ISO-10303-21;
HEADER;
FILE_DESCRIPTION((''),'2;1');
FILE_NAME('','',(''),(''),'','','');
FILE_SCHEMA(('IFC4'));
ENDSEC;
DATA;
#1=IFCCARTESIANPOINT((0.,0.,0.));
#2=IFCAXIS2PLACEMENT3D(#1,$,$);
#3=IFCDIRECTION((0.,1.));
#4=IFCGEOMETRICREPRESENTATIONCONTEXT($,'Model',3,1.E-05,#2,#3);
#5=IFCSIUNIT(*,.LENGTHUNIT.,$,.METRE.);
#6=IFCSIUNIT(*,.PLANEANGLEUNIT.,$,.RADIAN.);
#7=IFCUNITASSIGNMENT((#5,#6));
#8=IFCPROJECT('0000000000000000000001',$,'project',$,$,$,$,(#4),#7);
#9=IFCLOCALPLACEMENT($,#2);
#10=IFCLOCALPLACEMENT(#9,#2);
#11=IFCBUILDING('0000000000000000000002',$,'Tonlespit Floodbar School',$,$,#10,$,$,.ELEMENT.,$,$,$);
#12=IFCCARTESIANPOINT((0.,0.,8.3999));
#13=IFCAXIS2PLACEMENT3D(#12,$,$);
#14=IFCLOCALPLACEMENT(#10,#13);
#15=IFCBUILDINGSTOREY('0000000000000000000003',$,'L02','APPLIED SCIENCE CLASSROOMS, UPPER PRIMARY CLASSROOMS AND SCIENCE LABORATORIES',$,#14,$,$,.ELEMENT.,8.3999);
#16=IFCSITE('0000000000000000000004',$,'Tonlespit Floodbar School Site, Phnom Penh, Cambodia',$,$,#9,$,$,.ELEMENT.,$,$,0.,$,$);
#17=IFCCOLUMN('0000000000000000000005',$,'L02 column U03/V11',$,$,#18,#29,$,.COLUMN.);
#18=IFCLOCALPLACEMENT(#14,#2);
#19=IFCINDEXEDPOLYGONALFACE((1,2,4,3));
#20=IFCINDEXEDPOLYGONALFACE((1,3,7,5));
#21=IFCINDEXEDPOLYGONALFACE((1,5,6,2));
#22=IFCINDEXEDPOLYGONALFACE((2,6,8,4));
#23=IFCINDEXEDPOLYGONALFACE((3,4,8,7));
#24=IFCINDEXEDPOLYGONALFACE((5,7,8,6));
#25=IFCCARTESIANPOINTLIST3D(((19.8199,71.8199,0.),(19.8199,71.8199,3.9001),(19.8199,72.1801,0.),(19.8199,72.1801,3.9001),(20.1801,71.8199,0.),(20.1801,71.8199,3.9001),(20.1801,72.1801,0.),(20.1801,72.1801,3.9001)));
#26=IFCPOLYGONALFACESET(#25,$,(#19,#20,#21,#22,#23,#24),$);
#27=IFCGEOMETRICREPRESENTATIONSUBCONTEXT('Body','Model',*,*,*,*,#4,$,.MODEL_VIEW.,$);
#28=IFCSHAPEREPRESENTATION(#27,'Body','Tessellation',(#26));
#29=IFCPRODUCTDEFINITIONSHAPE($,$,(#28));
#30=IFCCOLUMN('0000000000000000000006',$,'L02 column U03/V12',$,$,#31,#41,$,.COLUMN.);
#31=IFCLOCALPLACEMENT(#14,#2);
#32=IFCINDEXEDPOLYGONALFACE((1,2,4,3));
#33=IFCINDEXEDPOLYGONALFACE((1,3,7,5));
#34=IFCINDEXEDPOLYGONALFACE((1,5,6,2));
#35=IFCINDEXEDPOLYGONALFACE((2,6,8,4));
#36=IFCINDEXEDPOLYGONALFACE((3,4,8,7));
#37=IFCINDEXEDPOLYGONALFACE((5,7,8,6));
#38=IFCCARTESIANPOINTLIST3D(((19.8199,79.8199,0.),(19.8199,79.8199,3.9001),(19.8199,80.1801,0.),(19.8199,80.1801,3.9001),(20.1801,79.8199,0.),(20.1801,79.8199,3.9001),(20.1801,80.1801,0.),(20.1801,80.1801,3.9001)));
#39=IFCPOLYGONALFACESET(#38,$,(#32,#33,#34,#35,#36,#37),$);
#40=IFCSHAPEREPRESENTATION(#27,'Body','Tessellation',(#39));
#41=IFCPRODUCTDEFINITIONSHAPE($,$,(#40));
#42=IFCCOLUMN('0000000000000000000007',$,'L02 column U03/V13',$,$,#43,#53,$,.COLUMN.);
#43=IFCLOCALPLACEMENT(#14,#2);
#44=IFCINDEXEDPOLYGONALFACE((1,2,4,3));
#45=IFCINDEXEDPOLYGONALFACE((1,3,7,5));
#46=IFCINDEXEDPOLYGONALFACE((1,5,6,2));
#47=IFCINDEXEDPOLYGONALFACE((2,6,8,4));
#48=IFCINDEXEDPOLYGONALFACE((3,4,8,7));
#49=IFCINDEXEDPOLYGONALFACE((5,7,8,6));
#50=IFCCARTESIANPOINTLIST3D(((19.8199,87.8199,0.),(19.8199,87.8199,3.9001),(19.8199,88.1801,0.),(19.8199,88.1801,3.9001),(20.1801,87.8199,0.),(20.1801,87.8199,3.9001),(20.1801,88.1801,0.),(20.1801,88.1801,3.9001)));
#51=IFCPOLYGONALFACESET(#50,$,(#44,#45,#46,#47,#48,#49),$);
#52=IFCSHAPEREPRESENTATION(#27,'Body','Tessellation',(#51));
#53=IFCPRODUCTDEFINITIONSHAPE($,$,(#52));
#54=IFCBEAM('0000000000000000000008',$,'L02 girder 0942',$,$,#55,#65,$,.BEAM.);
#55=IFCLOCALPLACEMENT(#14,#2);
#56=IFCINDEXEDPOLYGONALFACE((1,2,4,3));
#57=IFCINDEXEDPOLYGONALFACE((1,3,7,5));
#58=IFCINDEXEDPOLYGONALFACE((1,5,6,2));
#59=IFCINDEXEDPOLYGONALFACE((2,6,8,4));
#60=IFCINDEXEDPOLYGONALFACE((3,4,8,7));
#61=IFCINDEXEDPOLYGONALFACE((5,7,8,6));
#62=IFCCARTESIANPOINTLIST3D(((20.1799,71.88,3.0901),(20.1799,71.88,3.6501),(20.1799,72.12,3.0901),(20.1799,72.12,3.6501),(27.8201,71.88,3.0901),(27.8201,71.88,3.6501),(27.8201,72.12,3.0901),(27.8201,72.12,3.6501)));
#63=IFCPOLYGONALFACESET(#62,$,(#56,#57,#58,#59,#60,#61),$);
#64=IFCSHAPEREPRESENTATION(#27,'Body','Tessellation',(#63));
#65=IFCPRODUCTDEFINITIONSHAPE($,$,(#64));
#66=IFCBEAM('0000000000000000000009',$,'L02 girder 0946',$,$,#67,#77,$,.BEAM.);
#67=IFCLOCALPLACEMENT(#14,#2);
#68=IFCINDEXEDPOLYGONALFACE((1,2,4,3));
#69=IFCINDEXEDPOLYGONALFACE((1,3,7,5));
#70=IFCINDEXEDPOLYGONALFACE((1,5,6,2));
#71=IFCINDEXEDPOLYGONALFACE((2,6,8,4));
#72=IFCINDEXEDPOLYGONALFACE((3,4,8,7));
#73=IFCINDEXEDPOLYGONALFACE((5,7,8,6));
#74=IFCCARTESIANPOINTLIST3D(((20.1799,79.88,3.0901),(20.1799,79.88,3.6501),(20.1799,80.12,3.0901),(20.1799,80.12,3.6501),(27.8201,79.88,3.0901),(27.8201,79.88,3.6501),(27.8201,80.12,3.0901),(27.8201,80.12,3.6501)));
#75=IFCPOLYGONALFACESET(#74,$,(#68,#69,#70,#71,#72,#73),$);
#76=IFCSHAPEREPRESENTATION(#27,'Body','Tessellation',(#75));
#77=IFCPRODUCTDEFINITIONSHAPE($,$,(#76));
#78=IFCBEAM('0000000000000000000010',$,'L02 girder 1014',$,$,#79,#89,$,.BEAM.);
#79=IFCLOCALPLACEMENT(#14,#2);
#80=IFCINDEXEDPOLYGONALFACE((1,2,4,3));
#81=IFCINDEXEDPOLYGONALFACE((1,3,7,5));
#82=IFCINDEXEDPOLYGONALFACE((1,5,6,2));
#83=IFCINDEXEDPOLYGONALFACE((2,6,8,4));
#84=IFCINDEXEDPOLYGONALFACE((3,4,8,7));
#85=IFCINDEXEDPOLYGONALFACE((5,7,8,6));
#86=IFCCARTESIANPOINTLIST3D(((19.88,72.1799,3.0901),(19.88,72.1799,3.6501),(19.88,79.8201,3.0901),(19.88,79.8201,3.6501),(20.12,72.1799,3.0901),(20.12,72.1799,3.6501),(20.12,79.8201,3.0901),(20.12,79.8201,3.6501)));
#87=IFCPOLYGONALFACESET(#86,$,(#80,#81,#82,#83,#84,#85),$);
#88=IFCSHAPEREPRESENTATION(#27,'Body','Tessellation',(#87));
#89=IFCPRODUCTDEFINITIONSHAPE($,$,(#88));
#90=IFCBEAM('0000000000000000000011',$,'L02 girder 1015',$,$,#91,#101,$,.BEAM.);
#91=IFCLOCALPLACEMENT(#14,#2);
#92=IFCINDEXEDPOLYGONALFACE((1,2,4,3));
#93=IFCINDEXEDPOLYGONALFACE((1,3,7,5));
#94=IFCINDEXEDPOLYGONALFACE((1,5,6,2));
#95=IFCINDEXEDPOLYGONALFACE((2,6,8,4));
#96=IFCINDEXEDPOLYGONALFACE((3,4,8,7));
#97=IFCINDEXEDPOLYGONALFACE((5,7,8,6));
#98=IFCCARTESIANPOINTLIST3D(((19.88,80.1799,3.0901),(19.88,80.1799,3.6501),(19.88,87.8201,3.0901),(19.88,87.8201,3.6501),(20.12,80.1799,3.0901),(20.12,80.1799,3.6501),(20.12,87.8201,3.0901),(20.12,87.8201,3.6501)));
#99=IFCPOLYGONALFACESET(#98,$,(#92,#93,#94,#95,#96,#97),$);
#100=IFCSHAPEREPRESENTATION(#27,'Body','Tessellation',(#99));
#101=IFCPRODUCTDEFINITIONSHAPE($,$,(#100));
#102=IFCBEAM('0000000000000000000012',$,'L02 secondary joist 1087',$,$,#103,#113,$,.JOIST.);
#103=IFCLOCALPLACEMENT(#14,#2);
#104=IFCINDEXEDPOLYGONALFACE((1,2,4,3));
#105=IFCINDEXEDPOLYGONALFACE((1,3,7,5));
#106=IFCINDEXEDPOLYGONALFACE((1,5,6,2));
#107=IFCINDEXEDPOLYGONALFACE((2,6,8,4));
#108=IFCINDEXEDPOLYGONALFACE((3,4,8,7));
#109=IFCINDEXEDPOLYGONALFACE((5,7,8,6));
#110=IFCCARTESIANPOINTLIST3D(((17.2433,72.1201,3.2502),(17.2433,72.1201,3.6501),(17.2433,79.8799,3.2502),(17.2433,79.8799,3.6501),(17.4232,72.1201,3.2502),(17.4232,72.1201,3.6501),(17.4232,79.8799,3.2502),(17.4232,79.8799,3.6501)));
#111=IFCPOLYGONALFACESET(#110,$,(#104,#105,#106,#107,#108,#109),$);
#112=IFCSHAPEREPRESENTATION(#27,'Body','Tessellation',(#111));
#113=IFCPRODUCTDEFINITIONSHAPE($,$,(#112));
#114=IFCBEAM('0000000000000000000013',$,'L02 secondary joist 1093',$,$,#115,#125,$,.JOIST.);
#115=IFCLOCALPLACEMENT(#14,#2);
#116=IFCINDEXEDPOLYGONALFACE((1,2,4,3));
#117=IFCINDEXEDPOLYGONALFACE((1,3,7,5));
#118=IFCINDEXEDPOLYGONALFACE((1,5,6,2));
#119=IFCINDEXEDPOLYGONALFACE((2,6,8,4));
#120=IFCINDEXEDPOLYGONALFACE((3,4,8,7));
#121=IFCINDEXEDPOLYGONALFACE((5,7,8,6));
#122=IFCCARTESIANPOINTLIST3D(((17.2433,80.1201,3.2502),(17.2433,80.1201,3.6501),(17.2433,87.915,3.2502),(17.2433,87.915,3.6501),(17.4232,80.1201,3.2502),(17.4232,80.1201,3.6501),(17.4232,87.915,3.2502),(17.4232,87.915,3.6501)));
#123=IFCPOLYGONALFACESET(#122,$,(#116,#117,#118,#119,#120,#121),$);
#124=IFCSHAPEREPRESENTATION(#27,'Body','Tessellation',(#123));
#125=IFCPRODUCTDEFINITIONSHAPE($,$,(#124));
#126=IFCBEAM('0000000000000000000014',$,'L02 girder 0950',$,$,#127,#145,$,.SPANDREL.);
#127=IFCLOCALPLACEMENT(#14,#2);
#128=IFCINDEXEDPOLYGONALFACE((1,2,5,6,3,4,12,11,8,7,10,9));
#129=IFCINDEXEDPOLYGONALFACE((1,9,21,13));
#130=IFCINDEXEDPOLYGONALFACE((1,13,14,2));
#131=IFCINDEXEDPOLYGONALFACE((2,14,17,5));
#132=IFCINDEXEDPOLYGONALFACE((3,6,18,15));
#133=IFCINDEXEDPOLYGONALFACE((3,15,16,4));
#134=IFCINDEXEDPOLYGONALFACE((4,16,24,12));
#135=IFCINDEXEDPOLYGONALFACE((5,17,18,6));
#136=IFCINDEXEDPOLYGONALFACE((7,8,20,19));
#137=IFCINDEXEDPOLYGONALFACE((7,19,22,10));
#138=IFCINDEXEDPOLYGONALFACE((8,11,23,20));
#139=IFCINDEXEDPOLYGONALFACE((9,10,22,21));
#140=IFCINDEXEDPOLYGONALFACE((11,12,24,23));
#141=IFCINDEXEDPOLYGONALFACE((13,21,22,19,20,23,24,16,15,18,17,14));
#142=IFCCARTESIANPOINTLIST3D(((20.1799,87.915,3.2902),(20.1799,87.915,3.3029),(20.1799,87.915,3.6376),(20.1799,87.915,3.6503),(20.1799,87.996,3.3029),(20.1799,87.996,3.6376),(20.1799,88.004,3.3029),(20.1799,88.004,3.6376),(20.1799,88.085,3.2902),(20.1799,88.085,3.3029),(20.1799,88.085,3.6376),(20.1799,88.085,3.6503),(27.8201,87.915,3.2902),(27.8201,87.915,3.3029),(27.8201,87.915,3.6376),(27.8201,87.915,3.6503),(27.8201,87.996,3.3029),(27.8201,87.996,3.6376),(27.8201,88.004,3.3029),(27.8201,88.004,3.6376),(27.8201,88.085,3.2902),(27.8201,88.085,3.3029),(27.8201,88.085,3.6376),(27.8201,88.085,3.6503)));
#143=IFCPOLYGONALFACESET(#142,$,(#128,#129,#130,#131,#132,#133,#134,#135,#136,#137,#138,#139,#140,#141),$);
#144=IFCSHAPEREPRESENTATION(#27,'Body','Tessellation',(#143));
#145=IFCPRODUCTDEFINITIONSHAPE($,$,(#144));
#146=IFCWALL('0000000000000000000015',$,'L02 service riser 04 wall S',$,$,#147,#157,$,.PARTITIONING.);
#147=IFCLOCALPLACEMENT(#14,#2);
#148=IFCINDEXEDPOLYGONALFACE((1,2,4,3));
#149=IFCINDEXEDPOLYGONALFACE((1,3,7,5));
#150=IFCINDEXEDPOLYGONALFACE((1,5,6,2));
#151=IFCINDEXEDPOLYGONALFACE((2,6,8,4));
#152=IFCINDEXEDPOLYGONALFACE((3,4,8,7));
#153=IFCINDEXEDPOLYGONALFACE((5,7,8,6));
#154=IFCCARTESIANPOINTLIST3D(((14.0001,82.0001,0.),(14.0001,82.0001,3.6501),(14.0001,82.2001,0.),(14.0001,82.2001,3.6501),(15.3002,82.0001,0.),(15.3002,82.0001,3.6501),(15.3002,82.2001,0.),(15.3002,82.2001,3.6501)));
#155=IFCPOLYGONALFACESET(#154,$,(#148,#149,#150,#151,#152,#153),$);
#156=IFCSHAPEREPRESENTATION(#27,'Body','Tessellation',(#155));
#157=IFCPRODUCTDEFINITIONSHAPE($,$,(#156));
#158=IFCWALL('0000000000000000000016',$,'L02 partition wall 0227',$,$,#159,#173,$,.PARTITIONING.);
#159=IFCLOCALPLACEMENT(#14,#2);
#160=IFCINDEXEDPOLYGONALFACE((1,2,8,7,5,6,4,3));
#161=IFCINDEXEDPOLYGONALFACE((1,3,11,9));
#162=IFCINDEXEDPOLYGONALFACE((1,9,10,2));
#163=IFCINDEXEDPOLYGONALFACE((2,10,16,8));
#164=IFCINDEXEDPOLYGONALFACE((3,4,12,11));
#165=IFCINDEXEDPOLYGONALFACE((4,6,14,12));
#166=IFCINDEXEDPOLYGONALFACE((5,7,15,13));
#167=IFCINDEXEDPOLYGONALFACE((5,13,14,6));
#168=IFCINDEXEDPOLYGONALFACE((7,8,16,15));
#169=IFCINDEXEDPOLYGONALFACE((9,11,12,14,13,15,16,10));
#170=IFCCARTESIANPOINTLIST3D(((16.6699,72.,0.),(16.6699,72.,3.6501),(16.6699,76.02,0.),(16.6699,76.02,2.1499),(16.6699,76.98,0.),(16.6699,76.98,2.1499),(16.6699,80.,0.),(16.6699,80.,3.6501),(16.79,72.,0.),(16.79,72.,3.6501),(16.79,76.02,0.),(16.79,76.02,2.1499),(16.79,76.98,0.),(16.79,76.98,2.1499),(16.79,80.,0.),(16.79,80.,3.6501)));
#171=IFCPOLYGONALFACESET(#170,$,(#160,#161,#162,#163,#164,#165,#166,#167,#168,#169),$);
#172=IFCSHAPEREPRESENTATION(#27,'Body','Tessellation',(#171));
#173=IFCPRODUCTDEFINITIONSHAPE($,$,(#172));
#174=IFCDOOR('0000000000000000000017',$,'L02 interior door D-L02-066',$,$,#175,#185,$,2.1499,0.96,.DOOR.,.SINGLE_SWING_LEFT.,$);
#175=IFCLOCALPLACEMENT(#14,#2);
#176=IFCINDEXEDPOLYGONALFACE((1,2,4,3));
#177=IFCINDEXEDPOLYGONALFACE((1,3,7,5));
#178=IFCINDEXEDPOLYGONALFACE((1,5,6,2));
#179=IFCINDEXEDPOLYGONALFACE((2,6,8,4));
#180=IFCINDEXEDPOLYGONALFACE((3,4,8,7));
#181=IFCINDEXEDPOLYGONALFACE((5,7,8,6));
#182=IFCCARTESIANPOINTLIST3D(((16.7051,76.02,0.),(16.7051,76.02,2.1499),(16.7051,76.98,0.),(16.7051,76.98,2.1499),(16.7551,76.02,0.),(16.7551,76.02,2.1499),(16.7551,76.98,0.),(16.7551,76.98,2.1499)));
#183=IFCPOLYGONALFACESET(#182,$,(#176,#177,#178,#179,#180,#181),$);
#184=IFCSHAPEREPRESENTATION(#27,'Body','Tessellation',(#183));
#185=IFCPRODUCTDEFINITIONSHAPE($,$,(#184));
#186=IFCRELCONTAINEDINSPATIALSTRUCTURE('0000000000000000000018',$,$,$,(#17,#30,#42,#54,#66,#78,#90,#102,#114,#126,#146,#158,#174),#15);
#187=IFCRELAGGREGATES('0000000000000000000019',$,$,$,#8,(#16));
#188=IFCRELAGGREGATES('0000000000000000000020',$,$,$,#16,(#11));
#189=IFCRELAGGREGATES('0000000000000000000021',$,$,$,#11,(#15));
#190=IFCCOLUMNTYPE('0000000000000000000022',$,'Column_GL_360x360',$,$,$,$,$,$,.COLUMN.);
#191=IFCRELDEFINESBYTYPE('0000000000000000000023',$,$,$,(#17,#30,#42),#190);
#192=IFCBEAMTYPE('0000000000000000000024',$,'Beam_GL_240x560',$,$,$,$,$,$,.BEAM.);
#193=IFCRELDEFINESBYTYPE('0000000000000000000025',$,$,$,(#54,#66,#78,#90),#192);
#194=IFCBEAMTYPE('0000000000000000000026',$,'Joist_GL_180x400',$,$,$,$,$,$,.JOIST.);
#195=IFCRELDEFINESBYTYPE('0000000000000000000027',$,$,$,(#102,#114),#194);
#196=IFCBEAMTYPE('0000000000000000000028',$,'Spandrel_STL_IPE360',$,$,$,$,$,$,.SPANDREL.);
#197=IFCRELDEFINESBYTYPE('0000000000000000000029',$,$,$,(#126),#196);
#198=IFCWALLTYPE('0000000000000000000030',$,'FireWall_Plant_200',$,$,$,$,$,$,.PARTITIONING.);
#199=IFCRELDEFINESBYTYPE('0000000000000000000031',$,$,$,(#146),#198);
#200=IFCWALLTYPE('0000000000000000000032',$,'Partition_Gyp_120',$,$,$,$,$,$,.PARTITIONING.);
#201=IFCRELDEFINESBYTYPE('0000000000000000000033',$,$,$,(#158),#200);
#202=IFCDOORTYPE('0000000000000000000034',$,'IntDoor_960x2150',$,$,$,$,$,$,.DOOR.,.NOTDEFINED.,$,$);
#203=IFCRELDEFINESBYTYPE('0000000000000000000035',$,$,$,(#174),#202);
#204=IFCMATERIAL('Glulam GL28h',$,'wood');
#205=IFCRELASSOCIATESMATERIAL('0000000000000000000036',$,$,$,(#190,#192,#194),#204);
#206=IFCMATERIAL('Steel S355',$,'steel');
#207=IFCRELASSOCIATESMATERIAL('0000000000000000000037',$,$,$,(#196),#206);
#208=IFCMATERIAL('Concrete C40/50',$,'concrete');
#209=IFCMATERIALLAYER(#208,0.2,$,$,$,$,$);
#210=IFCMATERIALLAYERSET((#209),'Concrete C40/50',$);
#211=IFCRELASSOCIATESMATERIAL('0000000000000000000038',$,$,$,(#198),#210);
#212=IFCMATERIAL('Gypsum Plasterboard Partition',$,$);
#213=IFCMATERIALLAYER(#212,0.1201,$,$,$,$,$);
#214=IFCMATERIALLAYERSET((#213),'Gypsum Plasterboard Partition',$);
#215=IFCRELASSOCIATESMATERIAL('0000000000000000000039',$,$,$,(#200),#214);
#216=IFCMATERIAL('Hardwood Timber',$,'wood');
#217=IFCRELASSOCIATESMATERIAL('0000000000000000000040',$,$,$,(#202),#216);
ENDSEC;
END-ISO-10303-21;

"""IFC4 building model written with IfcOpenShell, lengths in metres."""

from ifc_helpers import new_model, si_unit, direction, frame, frame_2d, origin, origin_2d, place, context, subcontext, project, spatial, rectangle, i_section, extrude, material, layer, layer_set, material_profile, profile_set, type_object, element, fill, save


model = new_model("IFC4")

# Units and contexts
model_context = context("Model", 3, precision=1e-05, world=origin(), true_north=direction((0.0, 1.0)))
body_context = subcontext(model_context, "Body", "Model", "MODEL_VIEW")
ifc_project = project(units=[si_unit("LENGTHUNIT", "METRE"), si_unit("PLANEANGLEUNIT", "RADIAN")], contexts=[model_context])

# Site, building, storey
site_placement = place(None, origin())
site = spatial("IfcSite", under=ifc_project, at=site_placement, Name="Tonlespit Floodbar School Site, Phnom Penh, Cambodia", CompositionType="ELEMENT", RefElevation=0.0)
building_placement = place(site_placement, origin())
building = spatial("IfcBuilding", under=site, at=building_placement, Name="Tonlespit Floodbar School", CompositionType="ELEMENT")
storey_placement = place(building_placement, frame((0.0, 0.0, 8.3999)))
storey = spatial("IfcBuildingStorey", under=building, at=storey_placement, Name="L02", Description="APPLIED SCIENCE CLASSROOMS, UPPER PRIMARY CLASSROOMS AND SCIENCE LABORATORIES", CompositionType="ELEMENT", Elevation=8.3999)

# Columns
ifc_material_1 = material(Name="Glulam GL28h", Category="wood")
ifc_material_profile_1 = material_profile(ifc_material_1, rectangle(XDim=0.3601, YDim=0.3601, at=origin_2d()), Name="GL 360x360")
ifc_profile_set_1 = profile_set([ifc_material_profile_1], Name="Glulam GL28h")
column_type = type_object("IfcColumnType", Name="Column_GL_360x360", PredefinedType="COLUMN", material=ifc_profile_set_1)
for number, where, z_axis, x_axis, name in (
    (1, (20.0, 72.0, 0.0), (0.0, 0.0, 1.0), (1.0, 0.0, 0.0), "L02 column U03/V11"),
    (2, (20.0, 80.0, 0.0), (0.0, 0.0, 1.0), (1.0, 0.0, 0.0), "L02 column U03/V12"),
    (3, (20.0, 88.0, 0.0), (0.0, 0.0, 1.0), (1.0, 0.0, 0.0), "L02 column U03/V13"),
):
    element("IfcColumn", number, at=place(storey_placement, frame(where, z_axis=z_axis, x_axis=x_axis)), inside=storey, type_object=column_type, Name=name, PredefinedType="COLUMN", context=body_context, shape_type="SweptSolid", body=[
        extrude(rectangle(XDim=0.3601, YDim=0.3601, at=origin_2d()), origin(), (0.0, 0.0, 1.0), 3.9001),
    ])

# Beams
ifc_material_profile_2 = material_profile(ifc_material_1, rectangle(XDim=0.24, YDim=0.5601, at=origin_2d()), Name="GL 240x560")
ifc_profile_set_2 = profile_set([ifc_material_profile_2], Name="Glulam GL28h")
beam_type_1 = type_object("IfcBeamType", Name="Beam_GL_240x560", PredefinedType="BEAM", material=ifc_profile_set_2)
for number, where, z_axis, x_axis, name in (
    (4, (20.1799, 72.0, 3.3701), (1.0, 0.0, 0.0), (0.0, 1.0, 0.0), "L02 girder 0942"),
    (5, (20.1799, 80.0, 3.3701), (1.0, 0.0, 0.0), (0.0, 1.0, 0.0), "L02 girder 0946"),
    (6, (20.0, 72.1799, 3.3701), (0.0, 1.0, 0.0), (-1.0, 0.0, 0.0), "L02 girder 1014"),
    (7, (20.0, 80.1799, 3.3701), (0.0, 1.0, 0.0), (-1.0, 0.0, 0.0), "L02 girder 1015"),
):
    element("IfcBeam", number, at=place(storey_placement, frame(where, z_axis=z_axis, x_axis=x_axis)), inside=storey, type_object=beam_type_1, Name=name, PredefinedType="BEAM", context=body_context, shape_type="SweptSolid", body=[
        extrude(rectangle(XDim=0.24, YDim=0.5601, at=origin_2d()), origin(), (0.0, 0.0, 1.0), 7.6401),
    ])
ifc_material_profile_3 = material_profile(ifc_material_1, rectangle(XDim=0.1799, YDim=0.3999, at=origin_2d()), Name="GL 180x400")
ifc_profile_set_3 = profile_set([ifc_material_profile_3], Name="Glulam GL28h")
beam_type_2 = type_object("IfcBeamType", Name="Joist_GL_180x400", PredefinedType="JOIST", material=ifc_profile_set_3)
beam_1_placement = place(storey_placement, frame((17.3333, 72.1201, 3.4502), z_axis=(0.0, 1.0, 0.0), x_axis=(-1.0, 0.0, 0.0)))
element("IfcBeam", 8, at=beam_1_placement, inside=storey, type_object=beam_type_2, Name="L02 secondary joist 1087", PredefinedType="JOIST", context=body_context, shape_type="SweptSolid", body=[
    extrude(rectangle(XDim=0.1799, YDim=0.3999, at=origin_2d()), origin(), (0.0, 0.0, 1.0), 7.7598),
])
beam_2_placement = place(storey_placement, frame((17.3333, 80.1201, 3.4502), z_axis=(0.0, 1.0, 0.0), x_axis=(-1.0, 0.0, 0.0)))
element("IfcBeam", 9, at=beam_2_placement, inside=storey, type_object=beam_type_2, Name="L02 secondary joist 1093", PredefinedType="JOIST", context=body_context, shape_type="SweptSolid", body=[
    extrude(rectangle(XDim=0.1799, YDim=0.3999, at=origin_2d()), origin(), (0.0, 0.0, 1.0), 7.7949),
])
ifc_material_2 = material(Name="Steel S355", Category="steel")
ifc_material_profile_4 = material_profile(ifc_material_2, i_section(OverallWidth=0.1699, OverallDepth=0.3601, WebThickness=0.0081, FlangeThickness=0.0127, at=origin_2d()), Name="IPE 360")
ifc_profile_set_4 = profile_set([ifc_material_profile_4], Name="Steel S355")
beam_type_3 = type_object("IfcBeamType", Name="Spandrel_STL_IPE360", PredefinedType="SPANDREL", material=ifc_profile_set_4)
beam_3_placement = place(storey_placement, frame((20.1799, 88.0, 3.4702), z_axis=(1.0, 0.0, 0.0), x_axis=(0.0, 1.0, 0.0)))
element("IfcBeam", 10, at=beam_3_placement, inside=storey, type_object=beam_type_3, Name="L02 girder 0950", PredefinedType="SPANDREL", context=body_context, shape_type="SweptSolid", body=[
    extrude(i_section(OverallWidth=0.1699, OverallDepth=0.3601, WebThickness=0.0081, FlangeThickness=0.0127, at=origin_2d()), origin(), (0.0, 0.0, 1.0), 7.6401),
])

# Wall
ifc_material_3 = material(Name="Concrete C40/50", Category="concrete")
ifc_layer_1 = layer(ifc_material_3, 0.2)
ifc_layer_set_1 = layer_set([ifc_layer_1], Name="Concrete C40/50")
wall_type_1 = type_object("IfcWallType", Name="FireWall_Plant_200", PredefinedType="PARTITIONING", material=ifc_layer_set_1)
wall_1_placement = place(storey_placement, frame((15.3, 82.1001, 0.0), z_axis=(0.0, 0.0, 1.0), x_axis=(-1.0, 0.0, 0.0)))
element("IfcWall", 11, at=wall_1_placement, inside=storey, type_object=wall_type_1, Name="L02 service riser 04 wall S", PredefinedType="PARTITIONING", context=body_context, shape_type="SweptSolid", body=[
    extrude(rectangle(XDim=1.3, YDim=0.2, at=frame_2d((0.6499, 0.0))), origin(), (0.0, 0.0, 1.0), 3.6501),
])

# Wall, opening, door
ifc_material_4 = material(Name="Gypsum Plasterboard Partition")
ifc_layer_2 = layer(ifc_material_4, 0.1201)
ifc_layer_set_2 = layer_set([ifc_layer_2], Name="Gypsum Plasterboard Partition")
wall_type_2 = type_object("IfcWallType", Name="Partition_Gyp_120", PredefinedType="PARTITIONING", material=ifc_layer_set_2)
wall_2_placement = place(storey_placement, frame((16.73, 72.0, 0.0), z_axis=(0.0, 0.0, 1.0), x_axis=(0.0, 1.0, 0.0)))
wall_2 = element("IfcWall", 12, at=wall_2_placement, inside=storey, type_object=wall_type_2, Name="L02 partition wall 0227", PredefinedType="PARTITIONING", context=body_context, shape_type="SweptSolid", body=[
    extrude(rectangle(XDim=8.0, YDim=0.1201, at=frame_2d((4.0, 0.0))), origin(), (0.0, 0.0, 1.0), 3.6501),
])
opening_1_placement = place(wall_2_placement, frame((4.02, 0.0, 0.0)))
opening_1 = element("IfcOpeningElement", 13, at=opening_1_placement, cuts=wall_2, PredefinedType="OPENING", context=body_context, shape_type="SweptSolid", body=[
    extrude(rectangle(XDim=0.96, YDim=2.1499, at=frame_2d((0.48, 1.075))), frame((0.0, 0.0701, 0.0), z_axis=(0.0, -1.0, 0.0), x_axis=(1.0, 0.0, 0.0)), (0.0, 0.0, 1.0), 0.1401),
])
ifc_material_5 = material(Name="Hardwood Timber", Category="wood")
door_type_1 = type_object("IfcDoorType", Name="IntDoor_960x2150", OperationType="NOTDEFINED", PredefinedType="DOOR", material=ifc_material_5)
door_1_placement = place(opening_1_placement, origin())
door_1 = element("IfcDoor", 14, at=door_1_placement, inside=storey, type_object=door_type_1, Name="L02 interior door D-L02-066", OperationType="SINGLE_SWING_LEFT", OverallHeight=2.1499, OverallWidth=0.96, PredefinedType="DOOR", context=body_context, shape_type="SweptSolid", body=[
    extrude(rectangle(XDim=0.96, YDim=2.1499, at=frame_2d((0.48, 1.075))), frame((0.0, 0.0249, 0.0), z_axis=(0.0, -1.0, 0.0), x_axis=(1.0, 0.0, 0.0)), (0.0, 0.0, 1.0), 0.05),
])
fill(opening_1, door_1)

save(model, "model.ifc")
